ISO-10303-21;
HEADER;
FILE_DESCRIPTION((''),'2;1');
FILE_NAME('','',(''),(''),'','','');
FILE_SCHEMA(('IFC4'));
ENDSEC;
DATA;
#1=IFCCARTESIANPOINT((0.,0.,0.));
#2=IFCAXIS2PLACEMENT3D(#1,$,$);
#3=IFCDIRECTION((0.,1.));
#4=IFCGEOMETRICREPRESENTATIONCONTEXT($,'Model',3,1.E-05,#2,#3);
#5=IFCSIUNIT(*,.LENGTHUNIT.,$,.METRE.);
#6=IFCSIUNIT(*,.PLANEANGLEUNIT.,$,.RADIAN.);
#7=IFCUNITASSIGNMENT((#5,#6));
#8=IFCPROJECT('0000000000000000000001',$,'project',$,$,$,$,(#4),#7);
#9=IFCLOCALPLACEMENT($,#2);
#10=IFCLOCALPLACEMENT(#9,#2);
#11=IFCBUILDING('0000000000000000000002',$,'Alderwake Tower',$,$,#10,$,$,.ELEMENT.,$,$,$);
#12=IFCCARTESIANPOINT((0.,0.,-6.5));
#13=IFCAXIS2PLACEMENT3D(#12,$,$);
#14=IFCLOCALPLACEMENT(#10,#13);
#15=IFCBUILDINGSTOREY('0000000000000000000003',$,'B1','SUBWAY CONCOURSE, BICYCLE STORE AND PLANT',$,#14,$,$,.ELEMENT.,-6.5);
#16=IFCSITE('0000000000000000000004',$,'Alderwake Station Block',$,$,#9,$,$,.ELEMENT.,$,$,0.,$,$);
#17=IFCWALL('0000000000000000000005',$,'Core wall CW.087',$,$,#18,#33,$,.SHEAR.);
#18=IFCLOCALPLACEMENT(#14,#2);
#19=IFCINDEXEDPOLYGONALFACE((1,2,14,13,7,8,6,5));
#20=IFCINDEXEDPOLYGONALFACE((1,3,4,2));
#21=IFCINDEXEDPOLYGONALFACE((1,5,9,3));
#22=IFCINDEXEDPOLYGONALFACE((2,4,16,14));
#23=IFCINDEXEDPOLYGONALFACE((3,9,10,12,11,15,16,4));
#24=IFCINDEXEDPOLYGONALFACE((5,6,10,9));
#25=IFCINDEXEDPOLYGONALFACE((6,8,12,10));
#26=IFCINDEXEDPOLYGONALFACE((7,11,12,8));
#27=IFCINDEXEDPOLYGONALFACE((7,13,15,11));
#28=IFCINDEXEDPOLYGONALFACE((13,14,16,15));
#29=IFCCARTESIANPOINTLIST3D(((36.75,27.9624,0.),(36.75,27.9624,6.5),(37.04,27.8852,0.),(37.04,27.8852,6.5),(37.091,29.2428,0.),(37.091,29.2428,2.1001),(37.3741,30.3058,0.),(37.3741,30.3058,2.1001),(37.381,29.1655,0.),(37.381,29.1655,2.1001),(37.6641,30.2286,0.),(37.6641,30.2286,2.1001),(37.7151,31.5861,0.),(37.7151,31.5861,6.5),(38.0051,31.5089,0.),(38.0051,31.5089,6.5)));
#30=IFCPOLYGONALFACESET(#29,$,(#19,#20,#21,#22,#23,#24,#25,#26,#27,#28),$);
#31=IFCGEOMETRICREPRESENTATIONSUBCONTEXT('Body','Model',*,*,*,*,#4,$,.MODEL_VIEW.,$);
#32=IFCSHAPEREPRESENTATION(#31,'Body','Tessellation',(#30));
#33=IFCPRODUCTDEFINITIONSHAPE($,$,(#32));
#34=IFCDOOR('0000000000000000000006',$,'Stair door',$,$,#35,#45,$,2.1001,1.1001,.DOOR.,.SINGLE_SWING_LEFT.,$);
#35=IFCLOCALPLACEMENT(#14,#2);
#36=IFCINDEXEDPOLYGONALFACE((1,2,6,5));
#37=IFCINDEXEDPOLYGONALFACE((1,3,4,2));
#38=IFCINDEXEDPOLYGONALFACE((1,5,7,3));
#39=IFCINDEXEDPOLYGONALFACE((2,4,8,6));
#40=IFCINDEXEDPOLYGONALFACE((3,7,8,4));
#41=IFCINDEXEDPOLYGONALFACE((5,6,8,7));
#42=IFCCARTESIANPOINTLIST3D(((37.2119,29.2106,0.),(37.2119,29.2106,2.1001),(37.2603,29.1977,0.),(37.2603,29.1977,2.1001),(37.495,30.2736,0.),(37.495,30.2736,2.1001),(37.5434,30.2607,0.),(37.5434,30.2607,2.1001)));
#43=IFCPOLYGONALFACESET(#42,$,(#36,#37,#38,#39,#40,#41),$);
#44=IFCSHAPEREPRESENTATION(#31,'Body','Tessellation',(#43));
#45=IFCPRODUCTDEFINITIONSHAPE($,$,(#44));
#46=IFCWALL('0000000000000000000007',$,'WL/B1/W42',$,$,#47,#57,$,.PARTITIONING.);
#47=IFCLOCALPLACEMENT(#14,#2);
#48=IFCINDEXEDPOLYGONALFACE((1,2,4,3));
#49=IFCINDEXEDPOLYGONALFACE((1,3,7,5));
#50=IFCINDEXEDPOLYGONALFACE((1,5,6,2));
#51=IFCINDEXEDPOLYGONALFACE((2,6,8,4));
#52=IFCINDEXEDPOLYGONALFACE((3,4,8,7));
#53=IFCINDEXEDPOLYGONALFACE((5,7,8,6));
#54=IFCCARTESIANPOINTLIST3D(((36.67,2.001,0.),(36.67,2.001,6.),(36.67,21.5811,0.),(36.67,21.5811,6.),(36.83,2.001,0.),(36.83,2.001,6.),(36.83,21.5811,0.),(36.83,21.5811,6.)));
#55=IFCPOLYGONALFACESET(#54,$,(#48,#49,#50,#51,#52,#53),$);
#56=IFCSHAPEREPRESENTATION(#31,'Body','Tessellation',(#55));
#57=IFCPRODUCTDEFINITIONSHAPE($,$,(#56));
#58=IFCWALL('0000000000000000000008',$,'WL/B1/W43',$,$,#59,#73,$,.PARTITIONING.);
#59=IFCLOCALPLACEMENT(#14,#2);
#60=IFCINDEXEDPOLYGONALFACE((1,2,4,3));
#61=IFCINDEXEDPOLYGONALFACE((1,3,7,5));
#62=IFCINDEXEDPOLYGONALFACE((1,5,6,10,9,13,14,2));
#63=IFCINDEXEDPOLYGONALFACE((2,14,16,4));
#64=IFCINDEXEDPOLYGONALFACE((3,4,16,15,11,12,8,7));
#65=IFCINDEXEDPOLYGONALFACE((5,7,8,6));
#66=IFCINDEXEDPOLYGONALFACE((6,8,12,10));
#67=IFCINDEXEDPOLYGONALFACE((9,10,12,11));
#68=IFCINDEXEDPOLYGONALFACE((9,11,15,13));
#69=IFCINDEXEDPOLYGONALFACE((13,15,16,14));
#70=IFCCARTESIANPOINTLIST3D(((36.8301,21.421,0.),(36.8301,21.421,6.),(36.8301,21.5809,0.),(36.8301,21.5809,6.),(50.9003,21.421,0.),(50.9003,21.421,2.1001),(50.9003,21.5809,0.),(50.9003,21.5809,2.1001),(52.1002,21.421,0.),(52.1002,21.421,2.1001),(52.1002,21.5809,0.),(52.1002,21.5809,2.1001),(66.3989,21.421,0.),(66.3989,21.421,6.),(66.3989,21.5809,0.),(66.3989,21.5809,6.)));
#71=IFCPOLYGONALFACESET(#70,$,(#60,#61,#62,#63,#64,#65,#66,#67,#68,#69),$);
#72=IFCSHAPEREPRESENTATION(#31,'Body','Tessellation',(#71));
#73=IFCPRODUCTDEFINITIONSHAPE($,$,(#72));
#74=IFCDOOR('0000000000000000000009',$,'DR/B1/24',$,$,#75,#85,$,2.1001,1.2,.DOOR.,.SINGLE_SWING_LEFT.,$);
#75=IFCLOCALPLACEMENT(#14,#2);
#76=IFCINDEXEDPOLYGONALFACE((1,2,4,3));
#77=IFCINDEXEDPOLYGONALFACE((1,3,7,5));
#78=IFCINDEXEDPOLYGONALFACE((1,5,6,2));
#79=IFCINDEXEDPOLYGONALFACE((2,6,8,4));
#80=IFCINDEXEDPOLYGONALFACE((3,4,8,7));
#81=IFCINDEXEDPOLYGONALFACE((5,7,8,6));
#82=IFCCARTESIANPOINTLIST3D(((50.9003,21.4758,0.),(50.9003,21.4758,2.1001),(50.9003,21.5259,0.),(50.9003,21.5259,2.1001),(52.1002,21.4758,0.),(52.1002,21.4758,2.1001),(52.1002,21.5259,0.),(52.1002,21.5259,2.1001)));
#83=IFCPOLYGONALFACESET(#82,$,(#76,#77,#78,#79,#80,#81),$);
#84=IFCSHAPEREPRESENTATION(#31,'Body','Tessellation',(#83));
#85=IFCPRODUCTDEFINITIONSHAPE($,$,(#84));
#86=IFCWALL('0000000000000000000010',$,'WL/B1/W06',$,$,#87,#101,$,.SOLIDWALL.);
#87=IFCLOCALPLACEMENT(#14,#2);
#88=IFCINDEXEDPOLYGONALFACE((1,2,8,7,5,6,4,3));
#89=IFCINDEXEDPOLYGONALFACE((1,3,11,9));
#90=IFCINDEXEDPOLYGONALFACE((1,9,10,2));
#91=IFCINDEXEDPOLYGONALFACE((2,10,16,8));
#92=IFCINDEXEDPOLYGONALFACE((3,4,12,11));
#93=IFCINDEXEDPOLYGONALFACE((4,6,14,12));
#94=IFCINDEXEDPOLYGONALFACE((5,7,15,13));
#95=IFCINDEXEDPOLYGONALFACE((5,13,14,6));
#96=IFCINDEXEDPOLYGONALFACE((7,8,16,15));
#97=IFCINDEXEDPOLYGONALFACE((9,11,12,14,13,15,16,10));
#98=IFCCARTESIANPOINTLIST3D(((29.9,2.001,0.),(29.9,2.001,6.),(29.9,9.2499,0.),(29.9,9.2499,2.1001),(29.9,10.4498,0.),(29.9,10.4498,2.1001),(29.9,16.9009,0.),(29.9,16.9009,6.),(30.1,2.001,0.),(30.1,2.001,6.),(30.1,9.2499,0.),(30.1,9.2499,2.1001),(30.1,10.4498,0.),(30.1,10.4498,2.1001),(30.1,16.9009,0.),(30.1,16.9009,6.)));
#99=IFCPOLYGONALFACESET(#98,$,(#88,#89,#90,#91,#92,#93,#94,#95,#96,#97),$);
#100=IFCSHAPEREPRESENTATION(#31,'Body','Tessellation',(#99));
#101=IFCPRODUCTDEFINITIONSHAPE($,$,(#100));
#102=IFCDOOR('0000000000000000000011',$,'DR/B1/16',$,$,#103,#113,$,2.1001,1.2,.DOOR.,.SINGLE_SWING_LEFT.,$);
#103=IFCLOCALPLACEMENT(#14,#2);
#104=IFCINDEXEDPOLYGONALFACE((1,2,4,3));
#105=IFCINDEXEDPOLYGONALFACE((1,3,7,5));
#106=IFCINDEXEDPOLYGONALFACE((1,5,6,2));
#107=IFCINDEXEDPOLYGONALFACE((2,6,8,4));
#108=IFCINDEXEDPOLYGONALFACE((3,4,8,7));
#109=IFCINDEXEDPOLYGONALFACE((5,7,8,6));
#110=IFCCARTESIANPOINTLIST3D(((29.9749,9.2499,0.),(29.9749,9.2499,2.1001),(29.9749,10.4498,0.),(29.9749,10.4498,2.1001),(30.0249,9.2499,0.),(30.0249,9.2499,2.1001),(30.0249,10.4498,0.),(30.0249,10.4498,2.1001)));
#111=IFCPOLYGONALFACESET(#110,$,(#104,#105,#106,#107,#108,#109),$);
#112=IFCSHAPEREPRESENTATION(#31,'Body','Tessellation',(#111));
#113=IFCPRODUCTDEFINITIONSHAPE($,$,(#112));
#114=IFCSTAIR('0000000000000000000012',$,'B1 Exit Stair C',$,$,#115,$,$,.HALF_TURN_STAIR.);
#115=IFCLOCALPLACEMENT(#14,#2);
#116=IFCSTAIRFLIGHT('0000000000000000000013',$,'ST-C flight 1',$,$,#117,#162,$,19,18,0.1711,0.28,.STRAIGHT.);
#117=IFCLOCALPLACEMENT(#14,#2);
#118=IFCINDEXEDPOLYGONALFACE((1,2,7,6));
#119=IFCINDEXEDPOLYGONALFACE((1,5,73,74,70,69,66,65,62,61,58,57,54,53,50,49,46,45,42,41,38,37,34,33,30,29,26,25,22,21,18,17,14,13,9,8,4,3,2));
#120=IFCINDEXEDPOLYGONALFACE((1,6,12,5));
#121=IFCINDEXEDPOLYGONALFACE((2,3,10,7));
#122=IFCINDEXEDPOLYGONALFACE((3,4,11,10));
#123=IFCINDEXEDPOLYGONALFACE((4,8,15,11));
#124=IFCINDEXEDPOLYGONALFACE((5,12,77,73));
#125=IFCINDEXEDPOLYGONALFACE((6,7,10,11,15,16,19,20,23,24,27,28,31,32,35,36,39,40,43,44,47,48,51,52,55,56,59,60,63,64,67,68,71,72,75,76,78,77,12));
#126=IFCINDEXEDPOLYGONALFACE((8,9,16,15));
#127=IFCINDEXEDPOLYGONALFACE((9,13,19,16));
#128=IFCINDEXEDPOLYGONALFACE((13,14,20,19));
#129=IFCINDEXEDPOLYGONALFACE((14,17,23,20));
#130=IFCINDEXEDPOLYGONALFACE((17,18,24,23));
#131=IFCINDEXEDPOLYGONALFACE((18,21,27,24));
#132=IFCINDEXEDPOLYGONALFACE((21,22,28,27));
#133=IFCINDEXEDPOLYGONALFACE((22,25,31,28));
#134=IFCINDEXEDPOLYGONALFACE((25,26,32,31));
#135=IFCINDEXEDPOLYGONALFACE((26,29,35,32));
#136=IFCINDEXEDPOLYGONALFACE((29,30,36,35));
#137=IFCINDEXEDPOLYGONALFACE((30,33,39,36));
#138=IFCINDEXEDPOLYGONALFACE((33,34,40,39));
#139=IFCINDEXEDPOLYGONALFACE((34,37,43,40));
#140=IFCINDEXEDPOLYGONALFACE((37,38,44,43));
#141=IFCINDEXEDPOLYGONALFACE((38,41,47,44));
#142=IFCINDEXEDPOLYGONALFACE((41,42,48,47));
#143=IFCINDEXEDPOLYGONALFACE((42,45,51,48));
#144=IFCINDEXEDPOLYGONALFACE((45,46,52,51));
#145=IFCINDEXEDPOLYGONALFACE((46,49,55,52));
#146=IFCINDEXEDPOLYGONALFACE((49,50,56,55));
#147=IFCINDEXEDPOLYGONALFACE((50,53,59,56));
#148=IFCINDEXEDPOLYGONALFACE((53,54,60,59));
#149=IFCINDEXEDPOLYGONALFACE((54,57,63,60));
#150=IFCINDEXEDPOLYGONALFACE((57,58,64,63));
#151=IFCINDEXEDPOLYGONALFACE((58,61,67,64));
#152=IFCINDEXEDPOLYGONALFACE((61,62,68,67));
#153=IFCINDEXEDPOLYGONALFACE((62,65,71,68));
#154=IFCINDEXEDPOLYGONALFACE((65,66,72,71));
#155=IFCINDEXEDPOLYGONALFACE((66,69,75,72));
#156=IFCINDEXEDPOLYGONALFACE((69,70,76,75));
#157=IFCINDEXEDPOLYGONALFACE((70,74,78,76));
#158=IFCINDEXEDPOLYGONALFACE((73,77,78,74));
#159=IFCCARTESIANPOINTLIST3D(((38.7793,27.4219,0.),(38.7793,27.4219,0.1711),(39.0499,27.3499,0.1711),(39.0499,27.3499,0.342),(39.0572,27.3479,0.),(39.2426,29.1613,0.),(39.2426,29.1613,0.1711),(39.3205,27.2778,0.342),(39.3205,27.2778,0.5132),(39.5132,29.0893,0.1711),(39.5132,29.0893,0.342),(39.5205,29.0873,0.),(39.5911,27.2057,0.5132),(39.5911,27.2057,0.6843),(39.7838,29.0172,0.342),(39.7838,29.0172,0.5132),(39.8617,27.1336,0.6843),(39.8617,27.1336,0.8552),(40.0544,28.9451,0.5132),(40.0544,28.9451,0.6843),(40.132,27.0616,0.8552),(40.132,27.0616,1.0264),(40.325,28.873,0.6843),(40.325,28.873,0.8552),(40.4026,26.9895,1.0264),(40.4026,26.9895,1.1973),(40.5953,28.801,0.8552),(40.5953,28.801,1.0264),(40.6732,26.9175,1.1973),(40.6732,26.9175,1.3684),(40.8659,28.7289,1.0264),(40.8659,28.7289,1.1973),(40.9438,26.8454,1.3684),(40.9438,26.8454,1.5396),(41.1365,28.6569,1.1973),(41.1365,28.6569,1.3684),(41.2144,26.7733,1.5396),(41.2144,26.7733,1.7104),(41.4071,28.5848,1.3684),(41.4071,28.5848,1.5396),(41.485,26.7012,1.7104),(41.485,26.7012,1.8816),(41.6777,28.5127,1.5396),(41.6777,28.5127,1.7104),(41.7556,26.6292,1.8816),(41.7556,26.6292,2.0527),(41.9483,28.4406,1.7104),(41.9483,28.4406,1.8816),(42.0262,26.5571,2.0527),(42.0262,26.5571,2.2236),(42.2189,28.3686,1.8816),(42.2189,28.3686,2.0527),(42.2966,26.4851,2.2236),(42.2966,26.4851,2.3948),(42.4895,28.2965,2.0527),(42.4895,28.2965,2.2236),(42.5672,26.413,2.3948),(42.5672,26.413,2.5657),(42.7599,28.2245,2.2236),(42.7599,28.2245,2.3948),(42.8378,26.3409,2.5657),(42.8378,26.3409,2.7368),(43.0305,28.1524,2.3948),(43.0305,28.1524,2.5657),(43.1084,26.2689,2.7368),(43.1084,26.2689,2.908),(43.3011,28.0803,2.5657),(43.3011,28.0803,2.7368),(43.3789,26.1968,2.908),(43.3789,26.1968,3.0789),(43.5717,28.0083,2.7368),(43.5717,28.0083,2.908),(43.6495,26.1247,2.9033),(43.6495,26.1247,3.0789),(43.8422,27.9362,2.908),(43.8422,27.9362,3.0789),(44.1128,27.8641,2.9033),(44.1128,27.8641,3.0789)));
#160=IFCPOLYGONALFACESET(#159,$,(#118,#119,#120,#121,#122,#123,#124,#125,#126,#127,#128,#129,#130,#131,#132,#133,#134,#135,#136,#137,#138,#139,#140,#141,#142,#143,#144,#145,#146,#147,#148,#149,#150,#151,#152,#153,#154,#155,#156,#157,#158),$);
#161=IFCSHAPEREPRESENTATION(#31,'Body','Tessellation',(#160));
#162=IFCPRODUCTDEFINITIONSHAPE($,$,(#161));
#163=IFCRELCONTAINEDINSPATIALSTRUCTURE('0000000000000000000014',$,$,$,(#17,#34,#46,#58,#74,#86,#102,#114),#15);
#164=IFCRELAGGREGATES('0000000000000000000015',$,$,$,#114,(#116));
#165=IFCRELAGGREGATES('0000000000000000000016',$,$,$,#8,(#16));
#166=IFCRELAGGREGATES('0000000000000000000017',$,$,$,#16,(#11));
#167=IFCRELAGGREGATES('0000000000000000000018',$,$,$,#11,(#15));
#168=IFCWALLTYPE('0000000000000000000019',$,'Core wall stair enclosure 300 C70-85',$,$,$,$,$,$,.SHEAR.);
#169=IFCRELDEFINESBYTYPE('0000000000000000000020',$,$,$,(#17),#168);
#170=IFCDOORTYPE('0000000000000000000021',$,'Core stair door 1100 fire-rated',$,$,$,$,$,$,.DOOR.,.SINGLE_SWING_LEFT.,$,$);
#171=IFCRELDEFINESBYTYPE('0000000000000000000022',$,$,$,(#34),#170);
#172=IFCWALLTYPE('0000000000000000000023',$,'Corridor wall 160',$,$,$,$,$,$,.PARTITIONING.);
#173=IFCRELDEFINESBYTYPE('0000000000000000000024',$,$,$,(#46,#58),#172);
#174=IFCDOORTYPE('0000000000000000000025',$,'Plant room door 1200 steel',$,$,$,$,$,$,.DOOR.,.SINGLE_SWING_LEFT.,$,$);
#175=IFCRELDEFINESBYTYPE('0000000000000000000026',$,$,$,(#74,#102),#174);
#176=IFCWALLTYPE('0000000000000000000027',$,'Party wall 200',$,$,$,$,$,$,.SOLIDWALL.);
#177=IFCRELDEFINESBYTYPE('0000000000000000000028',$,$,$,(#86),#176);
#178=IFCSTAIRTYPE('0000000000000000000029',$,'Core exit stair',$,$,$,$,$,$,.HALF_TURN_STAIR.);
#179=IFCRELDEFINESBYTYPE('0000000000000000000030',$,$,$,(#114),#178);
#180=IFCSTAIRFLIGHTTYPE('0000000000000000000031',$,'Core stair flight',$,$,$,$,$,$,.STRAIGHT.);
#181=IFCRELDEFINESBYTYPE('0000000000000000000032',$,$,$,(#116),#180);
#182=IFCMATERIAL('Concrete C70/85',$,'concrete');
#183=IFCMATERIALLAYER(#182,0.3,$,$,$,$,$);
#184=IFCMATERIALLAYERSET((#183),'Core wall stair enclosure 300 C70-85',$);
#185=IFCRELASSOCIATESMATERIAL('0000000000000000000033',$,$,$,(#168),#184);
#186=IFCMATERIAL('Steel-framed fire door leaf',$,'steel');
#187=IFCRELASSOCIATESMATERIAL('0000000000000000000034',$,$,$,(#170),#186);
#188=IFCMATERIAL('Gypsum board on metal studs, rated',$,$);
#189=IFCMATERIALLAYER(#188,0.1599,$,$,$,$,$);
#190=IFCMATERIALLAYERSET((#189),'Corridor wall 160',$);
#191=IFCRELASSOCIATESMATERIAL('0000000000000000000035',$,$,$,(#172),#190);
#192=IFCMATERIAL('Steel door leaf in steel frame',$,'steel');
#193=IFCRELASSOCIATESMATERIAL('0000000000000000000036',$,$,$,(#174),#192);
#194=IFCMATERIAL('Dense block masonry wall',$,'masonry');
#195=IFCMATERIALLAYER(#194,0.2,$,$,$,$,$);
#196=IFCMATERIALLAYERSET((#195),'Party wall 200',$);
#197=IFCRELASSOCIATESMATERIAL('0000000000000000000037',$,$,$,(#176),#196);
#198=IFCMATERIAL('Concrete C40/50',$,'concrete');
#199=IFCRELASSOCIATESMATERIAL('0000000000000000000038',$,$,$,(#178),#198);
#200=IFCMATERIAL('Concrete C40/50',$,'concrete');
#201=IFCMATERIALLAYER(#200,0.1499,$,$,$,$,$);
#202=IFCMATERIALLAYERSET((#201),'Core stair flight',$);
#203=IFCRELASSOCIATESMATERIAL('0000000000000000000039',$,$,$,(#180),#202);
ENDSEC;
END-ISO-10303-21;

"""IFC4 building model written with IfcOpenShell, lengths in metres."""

from ifc_helpers import new_model, si_unit, direction, frame, frame_2d, origin, place, context, subcontext, project, spatial, polyline, rectangle, outline, extrude, material, layer, layer_set, type_object, element, fill, aggregate, save


model = new_model("IFC4")

# Units and contexts
model_context = context("Model", 3, precision=1e-05, world=origin(), true_north=direction((0.0, 1.0)))
body_context = subcontext(model_context, "Body", "Model", "MODEL_VIEW")
ifc_project = project(units=[si_unit("LENGTHUNIT", "METRE"), si_unit("PLANEANGLEUNIT", "RADIAN")], contexts=[model_context])

# Site, building, storey
site_placement = place(None, origin())
site = spatial("IfcSite", under=ifc_project, at=site_placement, Name="Alderwake Station Block", CompositionType="ELEMENT", RefElevation=0.0)
building_placement = place(site_placement, origin())
building = spatial("IfcBuilding", under=site, at=building_placement, Name="Alderwake Tower", CompositionType="ELEMENT")
storey_placement = place(building_placement, frame((0.0, 0.0, -6.5)))
storey = spatial("IfcBuildingStorey", under=building, at=storey_placement, Name="B1", Description="SUBWAY CONCOURSE, BICYCLE STORE AND PLANT", CompositionType="ELEMENT", Elevation=-6.5)

# Shared definitions
ifc_material_1 = material(Name="Concrete C70/85", Category="concrete")
ifc_layer_1 = layer(ifc_material_1, 0.3)
ifc_layer_set_1 = layer_set([ifc_layer_1], Name="Core wall stair enclosure 300 C70-85")
wall_type_1 = type_object("IfcWallType", Name="Core wall stair enclosure 300 C70-85", PredefinedType="SHEAR", material=ifc_layer_set_1)

# Wall, opening, door
wall_1_placement = place(storey_placement, frame((36.895, 27.9238, 0.0), z_axis=(0.0, 0.0, 1.0), x_axis=(0.257351, 0.966318, 0.0)))
wall_1 = element("IfcWall", 1, at=wall_1_placement, inside=storey, type_object=wall_type_1, Name="Core wall CW.087", PredefinedType="SHEAR", context=body_context, shape_type="SweptSolid", body=[
    extrude(rectangle(XDim=3.75, YDim=0.3, at=frame_2d((1.875, 0.0))), origin(), (0.0, 0.0, 1.0), 6.5),
])
opening_1_placement = place(wall_1_placement, frame((1.325, 0.0, 0.0)))
opening_1 = element("IfcOpeningElement", 2, at=opening_1_placement, cuts=wall_1, PredefinedType="OPENING", context=body_context, shape_type="SweptSolid", body=[
    extrude(rectangle(XDim=1.1001, YDim=2.1001, at=frame_2d((0.55, 1.05))), frame((0.0, 0.1599, 0.0), z_axis=(0.0, -1.0, 0.0), x_axis=(1.0, 0.0, 0.0)), (0.0, 0.0, 1.0), 0.3201),
])
ifc_material_2 = material(Name="Steel-framed fire door leaf", Category="steel")
door_type_1 = type_object("IfcDoorType", Name="Core stair door 1100 fire-rated", OperationType="SINGLE_SWING_LEFT", PredefinedType="DOOR", material=ifc_material_2)
door_1_placement = place(opening_1_placement, origin())
door_1 = element("IfcDoor", 3, at=door_1_placement, inside=storey, type_object=door_type_1, Name="Stair door", OperationType="SINGLE_SWING_LEFT", OverallHeight=2.1001, OverallWidth=1.1001, PredefinedType="DOOR", context=body_context, shape_type="SweptSolid", body=[
    extrude(rectangle(XDim=1.1001, YDim=2.1001, at=frame_2d((0.55, 1.05))), frame((0.0, 0.0249, 0.0), z_axis=(0.0, -1.0, 0.0), x_axis=(1.0, 0.0, 0.0)), (0.0, 0.0, 1.0), 0.05),
])
fill(opening_1, door_1)

# Wall
ifc_material_3 = material(Name="Gypsum board on metal studs, rated")
ifc_layer_2 = layer(ifc_material_3, 0.1599)
ifc_layer_set_2 = layer_set([ifc_layer_2], Name="Corridor wall 160")
wall_type_2 = type_object("IfcWallType", Name="Corridor wall 160", PredefinedType="PARTITIONING", material=ifc_layer_set_2)
wall_2_placement = place(storey_placement, frame((36.75, 2.001, 0.0), z_axis=(0.0, 0.0, 1.0), x_axis=(0.0, 1.0, 0.0)))
element("IfcWall", 4, at=wall_2_placement, inside=storey, type_object=wall_type_2, Name="WL/B1/W42", PredefinedType="PARTITIONING", context=body_context, shape_type="SweptSolid", body=[
    extrude(rectangle(XDim=19.5801, YDim=0.1599, at=frame_2d((9.79, 0.0))), origin(), (0.0, 0.0, 1.0), 6.0),
])

# Walls, openings, doors
wall_3_placement = place(storey_placement, frame((36.8301, 21.501, 0.0), z_axis=(0.0, 0.0, 1.0), x_axis=(1.0, 0.0, 0.0)))
wall_3 = element("IfcWall", 5, at=wall_3_placement, inside=storey, type_object=wall_type_2, Name="WL/B1/W43", PredefinedType="PARTITIONING", context=body_context, shape_type="SweptSolid", body=[
    extrude(rectangle(XDim=29.5688, YDim=0.1599, at=frame_2d((14.7844, 0.0))), origin(), (0.0, 0.0, 1.0), 6.0),
])
opening_2_placement = place(wall_3_placement, frame((14.0701, 0.0, 0.0)))
opening_2 = element("IfcOpeningElement", 6, at=opening_2_placement, cuts=wall_3, PredefinedType="OPENING", context=body_context, shape_type="SweptSolid", body=[
    extrude(rectangle(XDim=1.2, YDim=2.1001, at=frame_2d((0.6001, 1.05))), frame((0.0, 0.0898, 0.0), z_axis=(0.0, -1.0, 0.0), x_axis=(1.0, 0.0, 0.0)), (0.0, 0.0, 1.0), 0.1799),
])
ifc_material_4 = material(Name="Steel door leaf in steel frame", Category="steel")
door_type_2 = type_object("IfcDoorType", Name="Plant room door 1200 steel", OperationType="SINGLE_SWING_LEFT", PredefinedType="DOOR", material=ifc_material_4)
door_2_placement = place(opening_2_placement, origin())
door_2 = element("IfcDoor", 7, at=door_2_placement, inside=storey, type_object=door_type_2, Name="DR/B1/24", OperationType="SINGLE_SWING_LEFT", OverallHeight=2.1001, OverallWidth=1.2, PredefinedType="DOOR", context=body_context, shape_type="SweptSolid", body=[
    extrude(rectangle(XDim=1.2, YDim=2.1001, at=frame_2d((0.6001, 1.05))), frame((0.0, 0.0249, 0.0), z_axis=(0.0, -1.0, 0.0), x_axis=(1.0, 0.0, 0.0)), (0.0, 0.0, 1.0), 0.05),
])
fill(opening_2, door_2)
ifc_material_5 = material(Name="Dense block masonry wall", Category="masonry")
ifc_layer_3 = layer(ifc_material_5, 0.2)
ifc_layer_set_3 = layer_set([ifc_layer_3], Name="Party wall 200")
wall_type_3 = type_object("IfcWallType", Name="Party wall 200", PredefinedType="SOLIDWALL", material=ifc_layer_set_3)
wall_4_placement = place(storey_placement, frame((30.0, 16.9009, 0.0), z_axis=(0.0, 0.0, 1.0), x_axis=(0.0, -1.0, 0.0)))
wall_4 = element("IfcWall", 8, at=wall_4_placement, inside=storey, type_object=wall_type_3, Name="WL/B1/W06", PredefinedType="SOLIDWALL", context=body_context, shape_type="SweptSolid", body=[
    extrude(rectangle(XDim=14.8999, YDim=0.2, at=frame_2d((7.45, 0.0))), origin(), (0.0, 0.0, 1.0), 6.0),
])
opening_3_placement = place(wall_4_placement, frame((6.4509, 0.0, 0.0)))
opening_3 = element("IfcOpeningElement", 9, at=opening_3_placement, cuts=wall_4, PredefinedType="OPENING", context=body_context, shape_type="SweptSolid", body=[
    extrude(rectangle(XDim=1.2, YDim=2.1001, at=frame_2d((0.6001, 1.05))), frame((0.0, 0.1099, 0.0), z_axis=(0.0, -1.0, 0.0), x_axis=(1.0, 0.0, 0.0)), (0.0, 0.0, 1.0), 0.22),
])
door_3_placement = place(opening_3_placement, origin())
door_3 = element("IfcDoor", 10, at=door_3_placement, inside=storey, type_object=door_type_2, Name="DR/B1/16", OperationType="SINGLE_SWING_LEFT", OverallHeight=2.1001, OverallWidth=1.2, PredefinedType="DOOR", context=body_context, shape_type="SweptSolid", body=[
    extrude(rectangle(XDim=1.2, YDim=2.1001, at=frame_2d((0.6001, 1.05))), frame((0.0, 0.0249, 0.0), z_axis=(0.0, -1.0, 0.0), x_axis=(1.0, 0.0, 0.0)), (0.0, 0.0, 1.0), 0.05),
])
fill(opening_3, door_3)

# Stair, stair flight
ifc_material_6 = material(Name="Concrete C40/50", Category="concrete")
stair_type = type_object("IfcStairType", Name="Core exit stair", PredefinedType="HALF_TURN_STAIR", material=ifc_material_6)
stair_placement = place(storey_placement, origin())
stair = element("IfcStair", 11, at=stair_placement, inside=storey, type_object=stair_type, Name="B1 Exit Stair C", PredefinedType="HALF_TURN_STAIR")
ifc_material_7 = material(Name="Concrete C40/50", Category="concrete")
ifc_layer_4 = layer(ifc_material_7, 0.1499)
ifc_layer_set_4 = layer_set([ifc_layer_4], Name="Core stair flight")
stair_flight_type = type_object("IfcStairFlightType", Name="Core stair flight", PredefinedType="STRAIGHT", material=ifc_layer_set_4)
stair_flight_placement = place(storey_placement, frame((39.011, 28.2917, 0.0), z_axis=(0.0, 0.0, 1.0), x_axis=(0.96631, -0.257382, 0.0)))
stair_flight = element("IfcStairFlight", 12, at=stair_flight_placement, type_object=stair_flight_type, Name="ST-C flight 1", NumberOfRisers=19, NumberOfTreads=18, PredefinedType="STRAIGHT", RiserHeight=0.1711, TreadLength=0.28, context=body_context, shape_type="SweptSolid", body=[
    extrude(outline(polyline([(0.0, 0.0), (0.0, 0.1711), (0.28, 0.1711), (0.28, 0.342), (0.5601, 0.342), (0.5601, 0.5132), (0.8401, 0.5132), (0.8401, 0.6843), (1.1201, 0.6843), (1.1201, 0.8552), (1.3999, 0.8552), (1.3999, 1.0264), (1.6799, 1.0264), (1.6799, 1.1973), (1.96, 1.1973), (1.96, 1.3684), (2.24, 1.3684), (2.24, 1.5396), (2.52, 1.5396), (2.52, 1.7104), (2.8, 1.7104), (2.8, 1.8816), (3.0801, 1.8816), (3.0801, 2.0527), (3.3601, 2.0527), (3.3601, 2.2236), (3.6399, 2.2236), (3.6399, 2.3948), (3.9199, 2.3948), (3.9199, 2.5657), (4.2, 2.5657), (4.2, 2.7368), (4.48, 2.7368), (4.48, 2.908), (4.76, 2.908), (4.76, 3.0789), (5.04, 3.0789), (5.04, 3.25), (5.04, 2.9033), (0.2876, 0.0), (0.0, 0.0)])), frame((0.0, 0.8999, 0.0), z_axis=(0.0, -1.0, 0.0), x_axis=(1.0, 0.0, 0.0)), (0.0, 0.0, 1.0), 1.8),
])
aggregate(stair, [stair_flight])

save(model, "model.ifc")
